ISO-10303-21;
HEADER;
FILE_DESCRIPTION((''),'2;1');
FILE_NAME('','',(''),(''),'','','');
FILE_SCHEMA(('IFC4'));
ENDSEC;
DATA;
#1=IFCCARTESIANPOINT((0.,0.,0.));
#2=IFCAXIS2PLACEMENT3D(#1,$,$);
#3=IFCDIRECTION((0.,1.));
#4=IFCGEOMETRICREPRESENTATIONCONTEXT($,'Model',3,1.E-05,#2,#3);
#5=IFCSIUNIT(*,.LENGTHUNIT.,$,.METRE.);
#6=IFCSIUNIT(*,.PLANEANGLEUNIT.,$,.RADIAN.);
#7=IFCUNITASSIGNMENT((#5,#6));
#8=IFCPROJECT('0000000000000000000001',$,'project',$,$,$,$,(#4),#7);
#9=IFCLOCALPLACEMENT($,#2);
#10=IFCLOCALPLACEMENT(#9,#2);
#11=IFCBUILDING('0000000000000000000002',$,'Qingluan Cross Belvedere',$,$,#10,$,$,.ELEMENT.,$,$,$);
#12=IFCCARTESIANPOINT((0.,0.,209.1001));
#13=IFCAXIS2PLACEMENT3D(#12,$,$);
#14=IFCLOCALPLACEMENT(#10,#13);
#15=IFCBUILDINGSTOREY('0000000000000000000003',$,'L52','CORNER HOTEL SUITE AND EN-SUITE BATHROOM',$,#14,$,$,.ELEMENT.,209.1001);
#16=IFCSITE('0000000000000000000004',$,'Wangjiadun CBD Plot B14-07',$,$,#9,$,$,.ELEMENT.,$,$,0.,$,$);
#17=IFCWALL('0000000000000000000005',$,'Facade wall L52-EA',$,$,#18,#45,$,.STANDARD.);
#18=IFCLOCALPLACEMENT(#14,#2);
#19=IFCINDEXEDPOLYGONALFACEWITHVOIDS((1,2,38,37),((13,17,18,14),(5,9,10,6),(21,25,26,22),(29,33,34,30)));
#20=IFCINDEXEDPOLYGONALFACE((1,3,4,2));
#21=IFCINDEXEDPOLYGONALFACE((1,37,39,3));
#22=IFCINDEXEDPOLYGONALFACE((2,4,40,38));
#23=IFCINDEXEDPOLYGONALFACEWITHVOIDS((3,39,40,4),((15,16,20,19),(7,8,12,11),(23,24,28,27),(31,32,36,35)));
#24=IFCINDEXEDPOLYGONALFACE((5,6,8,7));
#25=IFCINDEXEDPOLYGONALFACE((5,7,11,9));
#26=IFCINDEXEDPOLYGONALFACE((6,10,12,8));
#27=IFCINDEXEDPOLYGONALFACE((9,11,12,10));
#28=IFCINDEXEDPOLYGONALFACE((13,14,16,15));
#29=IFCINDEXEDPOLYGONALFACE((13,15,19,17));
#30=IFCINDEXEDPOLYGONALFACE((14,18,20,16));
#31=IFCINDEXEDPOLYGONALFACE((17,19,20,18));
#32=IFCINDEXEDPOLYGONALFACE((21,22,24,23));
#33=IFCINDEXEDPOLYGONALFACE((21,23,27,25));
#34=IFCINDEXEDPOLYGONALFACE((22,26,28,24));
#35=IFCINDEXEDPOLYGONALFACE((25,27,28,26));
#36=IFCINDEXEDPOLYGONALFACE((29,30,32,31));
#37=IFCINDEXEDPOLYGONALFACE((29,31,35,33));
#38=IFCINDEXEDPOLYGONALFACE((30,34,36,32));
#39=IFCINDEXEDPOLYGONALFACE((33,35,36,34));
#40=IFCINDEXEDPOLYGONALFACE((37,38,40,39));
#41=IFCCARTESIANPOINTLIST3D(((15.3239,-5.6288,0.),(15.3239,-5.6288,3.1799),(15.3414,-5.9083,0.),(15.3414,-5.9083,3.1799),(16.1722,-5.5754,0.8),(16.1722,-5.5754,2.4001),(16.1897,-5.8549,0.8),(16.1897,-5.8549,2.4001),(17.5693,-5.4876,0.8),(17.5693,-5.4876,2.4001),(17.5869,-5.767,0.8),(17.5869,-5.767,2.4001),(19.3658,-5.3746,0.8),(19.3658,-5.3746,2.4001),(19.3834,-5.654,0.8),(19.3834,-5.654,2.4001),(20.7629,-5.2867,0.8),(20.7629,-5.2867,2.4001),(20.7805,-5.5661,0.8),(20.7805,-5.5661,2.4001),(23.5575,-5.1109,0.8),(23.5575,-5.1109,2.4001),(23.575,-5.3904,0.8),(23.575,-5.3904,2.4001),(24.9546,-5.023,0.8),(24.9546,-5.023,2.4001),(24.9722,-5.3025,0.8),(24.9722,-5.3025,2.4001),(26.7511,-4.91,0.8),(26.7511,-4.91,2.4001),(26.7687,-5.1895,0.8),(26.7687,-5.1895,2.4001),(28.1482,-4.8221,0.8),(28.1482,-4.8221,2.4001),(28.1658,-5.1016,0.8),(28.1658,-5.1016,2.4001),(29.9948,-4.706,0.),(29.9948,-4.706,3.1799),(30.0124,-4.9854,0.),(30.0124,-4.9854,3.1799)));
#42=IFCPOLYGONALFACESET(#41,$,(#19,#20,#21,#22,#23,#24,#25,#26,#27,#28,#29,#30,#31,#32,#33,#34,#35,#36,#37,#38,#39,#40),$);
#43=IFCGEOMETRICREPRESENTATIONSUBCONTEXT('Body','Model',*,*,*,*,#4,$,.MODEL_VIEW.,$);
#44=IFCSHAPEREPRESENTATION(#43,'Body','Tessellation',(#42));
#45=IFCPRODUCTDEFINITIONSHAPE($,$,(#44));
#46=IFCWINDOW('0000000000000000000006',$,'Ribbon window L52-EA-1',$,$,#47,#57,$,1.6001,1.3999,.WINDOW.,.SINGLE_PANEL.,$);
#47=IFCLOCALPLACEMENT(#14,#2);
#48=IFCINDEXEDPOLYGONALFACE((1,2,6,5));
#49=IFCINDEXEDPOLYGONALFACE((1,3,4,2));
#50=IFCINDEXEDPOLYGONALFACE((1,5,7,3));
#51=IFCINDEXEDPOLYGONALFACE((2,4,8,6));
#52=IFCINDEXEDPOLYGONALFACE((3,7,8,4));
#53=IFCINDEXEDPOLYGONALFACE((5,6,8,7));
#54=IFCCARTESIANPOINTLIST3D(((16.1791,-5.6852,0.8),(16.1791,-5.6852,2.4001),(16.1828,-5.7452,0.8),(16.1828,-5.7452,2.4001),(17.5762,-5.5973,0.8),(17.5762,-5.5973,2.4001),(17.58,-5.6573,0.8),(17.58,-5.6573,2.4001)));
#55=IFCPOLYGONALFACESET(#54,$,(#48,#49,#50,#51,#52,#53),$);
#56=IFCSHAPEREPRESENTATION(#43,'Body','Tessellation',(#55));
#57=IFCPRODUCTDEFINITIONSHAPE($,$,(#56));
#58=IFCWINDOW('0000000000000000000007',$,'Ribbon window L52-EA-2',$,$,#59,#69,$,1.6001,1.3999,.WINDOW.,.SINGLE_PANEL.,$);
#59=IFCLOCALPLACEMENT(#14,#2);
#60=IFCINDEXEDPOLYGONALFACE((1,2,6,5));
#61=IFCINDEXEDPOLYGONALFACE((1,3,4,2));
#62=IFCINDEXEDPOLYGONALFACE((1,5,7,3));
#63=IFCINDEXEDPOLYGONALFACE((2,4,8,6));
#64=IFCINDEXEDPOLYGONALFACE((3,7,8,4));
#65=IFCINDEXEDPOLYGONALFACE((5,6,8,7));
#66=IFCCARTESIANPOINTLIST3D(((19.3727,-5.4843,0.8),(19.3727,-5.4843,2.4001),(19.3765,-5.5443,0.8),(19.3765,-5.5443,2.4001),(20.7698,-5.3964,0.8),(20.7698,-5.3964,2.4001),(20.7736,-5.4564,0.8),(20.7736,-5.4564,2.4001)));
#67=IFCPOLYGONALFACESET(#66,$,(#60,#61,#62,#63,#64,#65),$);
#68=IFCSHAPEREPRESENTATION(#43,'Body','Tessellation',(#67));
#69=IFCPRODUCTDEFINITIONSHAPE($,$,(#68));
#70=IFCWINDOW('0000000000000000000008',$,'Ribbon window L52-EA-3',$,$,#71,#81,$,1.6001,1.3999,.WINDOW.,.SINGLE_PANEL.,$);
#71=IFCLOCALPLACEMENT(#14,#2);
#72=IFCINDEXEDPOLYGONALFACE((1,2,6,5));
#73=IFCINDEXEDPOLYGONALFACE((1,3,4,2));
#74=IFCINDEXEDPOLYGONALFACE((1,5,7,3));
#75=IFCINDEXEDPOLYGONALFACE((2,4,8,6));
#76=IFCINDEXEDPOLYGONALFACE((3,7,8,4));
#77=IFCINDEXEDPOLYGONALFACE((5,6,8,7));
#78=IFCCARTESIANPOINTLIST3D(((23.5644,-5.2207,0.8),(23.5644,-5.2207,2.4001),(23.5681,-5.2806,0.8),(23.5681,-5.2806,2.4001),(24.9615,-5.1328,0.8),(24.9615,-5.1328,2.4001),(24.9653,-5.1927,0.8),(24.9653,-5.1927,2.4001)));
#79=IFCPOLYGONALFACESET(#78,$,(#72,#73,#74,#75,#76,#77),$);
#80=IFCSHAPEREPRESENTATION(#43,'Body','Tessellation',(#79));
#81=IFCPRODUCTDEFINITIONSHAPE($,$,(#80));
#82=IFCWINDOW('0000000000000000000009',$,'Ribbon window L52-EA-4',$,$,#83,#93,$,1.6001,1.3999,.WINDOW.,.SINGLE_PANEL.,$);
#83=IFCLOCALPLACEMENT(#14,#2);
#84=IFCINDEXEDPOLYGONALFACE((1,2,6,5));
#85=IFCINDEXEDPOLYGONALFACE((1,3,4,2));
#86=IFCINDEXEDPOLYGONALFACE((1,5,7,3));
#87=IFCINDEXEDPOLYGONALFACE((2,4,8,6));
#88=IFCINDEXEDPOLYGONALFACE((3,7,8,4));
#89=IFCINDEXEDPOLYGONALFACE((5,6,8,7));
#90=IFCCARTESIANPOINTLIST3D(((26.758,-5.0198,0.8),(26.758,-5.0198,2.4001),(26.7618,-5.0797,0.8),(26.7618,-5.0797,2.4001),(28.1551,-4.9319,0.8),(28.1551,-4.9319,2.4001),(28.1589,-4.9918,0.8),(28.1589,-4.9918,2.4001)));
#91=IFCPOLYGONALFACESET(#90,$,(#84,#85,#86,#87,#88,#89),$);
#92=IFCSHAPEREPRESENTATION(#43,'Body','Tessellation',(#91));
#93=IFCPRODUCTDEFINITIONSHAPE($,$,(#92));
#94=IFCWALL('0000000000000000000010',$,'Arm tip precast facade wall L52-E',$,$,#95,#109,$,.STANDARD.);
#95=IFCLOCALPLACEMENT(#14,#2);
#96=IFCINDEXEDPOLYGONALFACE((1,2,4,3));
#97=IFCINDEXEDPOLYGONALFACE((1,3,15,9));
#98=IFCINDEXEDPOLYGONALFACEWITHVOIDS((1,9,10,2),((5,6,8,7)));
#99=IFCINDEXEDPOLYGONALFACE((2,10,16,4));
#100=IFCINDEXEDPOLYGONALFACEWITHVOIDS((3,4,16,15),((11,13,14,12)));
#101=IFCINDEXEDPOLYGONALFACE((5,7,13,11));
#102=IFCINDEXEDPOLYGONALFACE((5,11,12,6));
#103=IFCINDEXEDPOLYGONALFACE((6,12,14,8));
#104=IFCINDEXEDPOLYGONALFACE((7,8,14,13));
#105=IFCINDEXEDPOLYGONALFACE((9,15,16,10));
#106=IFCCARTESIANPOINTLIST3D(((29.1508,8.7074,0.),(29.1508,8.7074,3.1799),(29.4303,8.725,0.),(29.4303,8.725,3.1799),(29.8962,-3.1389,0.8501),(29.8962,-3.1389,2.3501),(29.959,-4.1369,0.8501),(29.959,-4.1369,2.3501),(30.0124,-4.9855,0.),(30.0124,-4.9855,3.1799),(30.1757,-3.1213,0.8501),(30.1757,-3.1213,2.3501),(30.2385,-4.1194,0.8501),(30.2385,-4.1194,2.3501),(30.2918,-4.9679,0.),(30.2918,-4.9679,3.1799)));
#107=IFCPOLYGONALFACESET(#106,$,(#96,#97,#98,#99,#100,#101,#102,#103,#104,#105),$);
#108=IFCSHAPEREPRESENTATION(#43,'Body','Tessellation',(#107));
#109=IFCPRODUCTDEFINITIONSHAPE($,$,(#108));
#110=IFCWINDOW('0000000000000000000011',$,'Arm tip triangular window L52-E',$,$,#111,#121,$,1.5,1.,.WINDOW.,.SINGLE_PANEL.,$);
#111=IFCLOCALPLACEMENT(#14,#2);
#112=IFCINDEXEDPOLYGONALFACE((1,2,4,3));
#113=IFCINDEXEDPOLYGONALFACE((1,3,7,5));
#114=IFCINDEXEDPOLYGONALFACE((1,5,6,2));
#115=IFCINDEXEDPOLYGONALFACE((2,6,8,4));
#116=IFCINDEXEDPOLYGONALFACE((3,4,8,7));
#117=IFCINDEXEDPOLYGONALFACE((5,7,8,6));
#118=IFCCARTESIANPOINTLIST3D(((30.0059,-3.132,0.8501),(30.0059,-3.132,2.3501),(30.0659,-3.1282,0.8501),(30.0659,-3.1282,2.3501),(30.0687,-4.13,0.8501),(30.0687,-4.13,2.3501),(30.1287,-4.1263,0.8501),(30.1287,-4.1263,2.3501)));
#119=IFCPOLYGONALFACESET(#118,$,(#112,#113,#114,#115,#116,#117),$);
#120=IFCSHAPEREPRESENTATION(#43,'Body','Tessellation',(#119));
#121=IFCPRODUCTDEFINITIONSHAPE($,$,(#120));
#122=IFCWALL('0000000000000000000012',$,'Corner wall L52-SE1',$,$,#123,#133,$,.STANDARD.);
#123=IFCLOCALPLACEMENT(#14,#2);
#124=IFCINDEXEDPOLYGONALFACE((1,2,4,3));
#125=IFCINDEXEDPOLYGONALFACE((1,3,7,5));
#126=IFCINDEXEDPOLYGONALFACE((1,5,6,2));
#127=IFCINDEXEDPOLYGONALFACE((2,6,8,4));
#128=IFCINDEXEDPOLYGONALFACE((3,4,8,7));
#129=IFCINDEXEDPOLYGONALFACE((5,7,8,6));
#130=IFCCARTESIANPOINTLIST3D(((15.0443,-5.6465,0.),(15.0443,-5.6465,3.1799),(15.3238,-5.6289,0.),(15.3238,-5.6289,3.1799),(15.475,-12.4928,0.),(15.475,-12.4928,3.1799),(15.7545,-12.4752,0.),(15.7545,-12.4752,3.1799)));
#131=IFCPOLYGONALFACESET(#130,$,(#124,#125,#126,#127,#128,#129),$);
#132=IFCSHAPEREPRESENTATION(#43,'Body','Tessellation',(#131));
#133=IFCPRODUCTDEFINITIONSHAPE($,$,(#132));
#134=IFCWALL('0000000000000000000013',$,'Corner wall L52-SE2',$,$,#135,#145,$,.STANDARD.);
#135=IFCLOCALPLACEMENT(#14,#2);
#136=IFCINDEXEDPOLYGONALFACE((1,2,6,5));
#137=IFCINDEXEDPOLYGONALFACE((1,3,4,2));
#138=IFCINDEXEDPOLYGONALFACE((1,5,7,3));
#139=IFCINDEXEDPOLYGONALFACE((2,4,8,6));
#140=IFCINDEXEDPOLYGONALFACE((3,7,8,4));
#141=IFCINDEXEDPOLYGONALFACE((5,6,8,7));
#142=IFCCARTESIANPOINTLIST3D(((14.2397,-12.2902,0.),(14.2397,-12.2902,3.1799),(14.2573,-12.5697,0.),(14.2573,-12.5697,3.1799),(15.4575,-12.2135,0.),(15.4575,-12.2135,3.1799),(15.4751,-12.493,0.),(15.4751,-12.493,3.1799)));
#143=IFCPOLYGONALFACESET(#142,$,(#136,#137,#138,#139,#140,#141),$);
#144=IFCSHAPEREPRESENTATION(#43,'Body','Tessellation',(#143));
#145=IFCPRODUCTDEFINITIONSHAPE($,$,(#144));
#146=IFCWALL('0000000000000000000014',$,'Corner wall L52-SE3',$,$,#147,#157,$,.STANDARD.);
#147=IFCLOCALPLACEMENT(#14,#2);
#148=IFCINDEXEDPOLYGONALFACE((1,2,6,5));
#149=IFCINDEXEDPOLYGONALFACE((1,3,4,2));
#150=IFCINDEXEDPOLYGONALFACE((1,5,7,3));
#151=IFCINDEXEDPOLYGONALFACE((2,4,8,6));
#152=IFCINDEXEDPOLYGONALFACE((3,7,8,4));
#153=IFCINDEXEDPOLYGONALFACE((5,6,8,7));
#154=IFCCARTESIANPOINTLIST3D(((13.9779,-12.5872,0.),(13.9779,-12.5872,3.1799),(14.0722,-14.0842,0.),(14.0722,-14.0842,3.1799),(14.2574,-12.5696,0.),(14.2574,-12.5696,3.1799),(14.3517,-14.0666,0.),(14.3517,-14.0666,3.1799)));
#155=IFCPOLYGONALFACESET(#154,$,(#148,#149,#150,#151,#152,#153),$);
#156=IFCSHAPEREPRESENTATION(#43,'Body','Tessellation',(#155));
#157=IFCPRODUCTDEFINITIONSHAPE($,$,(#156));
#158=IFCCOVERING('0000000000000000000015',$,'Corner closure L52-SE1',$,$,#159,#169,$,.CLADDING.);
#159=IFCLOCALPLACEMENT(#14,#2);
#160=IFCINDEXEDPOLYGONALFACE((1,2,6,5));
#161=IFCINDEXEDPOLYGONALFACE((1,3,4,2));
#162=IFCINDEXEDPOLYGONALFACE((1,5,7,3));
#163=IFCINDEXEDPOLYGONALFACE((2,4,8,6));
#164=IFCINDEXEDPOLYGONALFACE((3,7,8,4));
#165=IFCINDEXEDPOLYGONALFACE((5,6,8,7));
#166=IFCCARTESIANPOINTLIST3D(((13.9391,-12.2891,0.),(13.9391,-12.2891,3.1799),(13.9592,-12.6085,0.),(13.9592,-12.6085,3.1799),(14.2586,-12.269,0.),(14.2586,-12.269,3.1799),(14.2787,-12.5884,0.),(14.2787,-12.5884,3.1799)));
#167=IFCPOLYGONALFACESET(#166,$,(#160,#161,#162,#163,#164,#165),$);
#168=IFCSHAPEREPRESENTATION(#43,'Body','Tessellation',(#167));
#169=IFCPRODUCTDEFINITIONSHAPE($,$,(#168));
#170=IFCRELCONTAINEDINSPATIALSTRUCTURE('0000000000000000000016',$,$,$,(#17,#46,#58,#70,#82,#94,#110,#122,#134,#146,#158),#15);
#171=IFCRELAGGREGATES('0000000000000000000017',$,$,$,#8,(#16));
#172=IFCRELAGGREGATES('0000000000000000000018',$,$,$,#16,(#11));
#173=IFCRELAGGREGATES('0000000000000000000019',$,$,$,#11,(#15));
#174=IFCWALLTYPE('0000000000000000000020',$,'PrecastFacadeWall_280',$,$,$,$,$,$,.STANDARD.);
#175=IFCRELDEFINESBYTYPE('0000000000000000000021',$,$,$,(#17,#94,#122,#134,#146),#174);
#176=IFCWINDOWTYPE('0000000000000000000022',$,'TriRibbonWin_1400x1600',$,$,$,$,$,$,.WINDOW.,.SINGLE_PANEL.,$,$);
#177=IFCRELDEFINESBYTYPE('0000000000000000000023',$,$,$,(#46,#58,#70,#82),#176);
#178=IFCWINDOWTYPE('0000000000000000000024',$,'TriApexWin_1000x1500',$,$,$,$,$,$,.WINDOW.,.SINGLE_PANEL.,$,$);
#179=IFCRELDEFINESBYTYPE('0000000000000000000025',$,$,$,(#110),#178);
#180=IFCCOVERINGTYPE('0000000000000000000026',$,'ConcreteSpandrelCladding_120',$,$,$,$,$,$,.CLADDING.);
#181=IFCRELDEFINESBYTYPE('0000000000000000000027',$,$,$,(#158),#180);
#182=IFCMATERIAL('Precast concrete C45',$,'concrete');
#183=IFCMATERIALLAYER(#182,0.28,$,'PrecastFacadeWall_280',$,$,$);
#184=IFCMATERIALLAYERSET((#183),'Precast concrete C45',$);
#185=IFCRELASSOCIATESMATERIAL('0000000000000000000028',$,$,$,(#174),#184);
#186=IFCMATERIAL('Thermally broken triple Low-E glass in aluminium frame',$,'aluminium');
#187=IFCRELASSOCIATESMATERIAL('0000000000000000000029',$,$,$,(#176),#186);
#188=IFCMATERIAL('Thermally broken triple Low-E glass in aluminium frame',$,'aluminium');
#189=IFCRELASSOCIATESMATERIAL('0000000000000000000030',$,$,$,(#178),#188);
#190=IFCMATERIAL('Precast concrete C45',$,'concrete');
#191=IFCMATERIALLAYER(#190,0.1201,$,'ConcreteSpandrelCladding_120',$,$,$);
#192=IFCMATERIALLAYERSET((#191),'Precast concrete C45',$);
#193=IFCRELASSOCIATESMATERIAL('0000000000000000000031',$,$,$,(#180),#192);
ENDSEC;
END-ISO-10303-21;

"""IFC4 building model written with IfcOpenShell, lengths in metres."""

from ifc_helpers import new_model, si_unit, direction, frame, frame_2d, origin, origin_2d, place, context, subcontext, project, spatial, rectangle, extrude, material, layer, layer_set, type_object, element, fill, save


model = new_model("IFC4")

# Units and contexts
model_context = context("Model", 3, precision=1e-05, world=origin(), true_north=direction((0.0, 1.0)))
body_context = subcontext(model_context, "Body", "Model", "MODEL_VIEW")
ifc_project = project(units=[si_unit("LENGTHUNIT", "METRE"), si_unit("PLANEANGLEUNIT", "RADIAN")], contexts=[model_context])

# Site, building, storey
site_placement = place(None, origin())
site = spatial("IfcSite", under=ifc_project, at=site_placement, Name="Wangjiadun CBD Plot B14-07", CompositionType="ELEMENT", RefElevation=0.0)
building_placement = place(site_placement, origin())
building = spatial("IfcBuilding", under=site, at=building_placement, Name="Qingluan Cross Belvedere", CompositionType="ELEMENT")
storey_placement = place(building_placement, frame((0.0, 0.0, 209.1001)))
storey = spatial("IfcBuildingStorey", under=building, at=storey_placement, Name="L52", Description="CORNER HOTEL SUITE AND EN-SUITE BATHROOM", CompositionType="ELEMENT", Elevation=209.1001)

# Wall, openings, windows
ifc_material_1 = material(Name="Precast concrete C45", Category="concrete")
ifc_layer_1 = layer(ifc_material_1, 0.28, Name="PrecastFacadeWall_280")
ifc_layer_set_1 = layer_set([ifc_layer_1], Name="Precast concrete C45")
wall_type_1 = type_object("IfcWallType", Name="PrecastFacadeWall_280", PredefinedType="STANDARD", material=ifc_layer_set_1)
wall_1_placement = place(storey_placement, frame((15.3325, -5.7686, 0.0), z_axis=(0.0, 0.0, 1.0), x_axis=(0.998027, 0.062779, 0.0)))
wall_1 = element("IfcWall", 1, at=wall_1_placement, inside=storey, type_object=wall_type_1, Name="Facade wall L52-EA", PredefinedType="STANDARD", context=body_context, shape_type="SweptSolid", body=[
    extrude(rectangle(XDim=14.7, YDim=0.28, at=frame_2d((7.3501, 0.0))), origin(), (0.0, 0.0, 1.0), 3.1799),
])
opening_1_placement = place(wall_1_placement, frame((0.8501, 0.0, 0.8)))
opening_1 = element("IfcOpeningElement", 2, at=opening_1_placement, cuts=wall_1, PredefinedType="OPENING", context=body_context, shape_type="SweptSolid", body=[
    extrude(rectangle(XDim=1.3999, YDim=1.6001, at=frame_2d((0.7, 0.8))), frame((0.0, 0.1499, 0.0), z_axis=(0.0, -1.0, 0.0), x_axis=(1.0, 0.0, 0.0)), (0.0, 0.0, 1.0), 0.3),
])
opening_2_placement = place(wall_1_placement, frame((4.05, 0.0, 0.8)))
opening_2 = element("IfcOpeningElement", 3, at=opening_2_placement, cuts=wall_1, PredefinedType="OPENING", context=body_context, shape_type="SweptSolid", body=[
    extrude(rectangle(XDim=1.3999, YDim=1.6001, at=frame_2d((0.7, 0.8))), frame((0.0, 0.1499, 0.0), z_axis=(0.0, -1.0, 0.0), x_axis=(1.0, 0.0, 0.0)), (0.0, 0.0, 1.0), 0.3),
])
opening_3_placement = place(wall_1_placement, frame((8.25, 0.0, 0.8)))
opening_3 = element("IfcOpeningElement", 4, at=opening_3_placement, cuts=wall_1, PredefinedType="OPENING", context=body_context, shape_type="SweptSolid", body=[
    extrude(rectangle(XDim=1.3999, YDim=1.6001, at=frame_2d((0.7, 0.8))), frame((0.0, 0.1499, 0.0), z_axis=(0.0, -1.0, 0.0), x_axis=(1.0, 0.0, 0.0)), (0.0, 0.0, 1.0), 0.3),
])
opening_4_placement = place(wall_1_placement, frame((11.45, 0.0, 0.8)))
opening_4 = element("IfcOpeningElement", 5, at=opening_4_placement, cuts=wall_1, PredefinedType="OPENING", context=body_context, shape_type="SweptSolid", body=[
    extrude(rectangle(XDim=1.3999, YDim=1.6001, at=frame_2d((0.7, 0.8))), frame((0.0, 0.1499, 0.0), z_axis=(0.0, -1.0, 0.0), x_axis=(1.0, 0.0, 0.0)), (0.0, 0.0, 1.0), 0.3),
])
ifc_material_2 = material(Name="Thermally broken triple Low-E glass in aluminium frame", Category="aluminium")
window_type_1 = type_object("IfcWindowType", Name="TriRibbonWin_1400x1600", PartitioningType="SINGLE_PANEL", PredefinedType="WINDOW", material=ifc_material_2)
window_1_placement = place(opening_1_placement, origin())
window_1 = element("IfcWindow", 6, at=window_1_placement, inside=storey, type_object=window_type_1, Name="Ribbon window L52-EA-1", OverallHeight=1.6001, OverallWidth=1.3999, PartitioningType="SINGLE_PANEL", PredefinedType="WINDOW", context=body_context, shape_type="SweptSolid", body=[
    extrude(rectangle(XDim=1.3999, YDim=1.6001, at=frame_2d((0.7, 0.8))), frame((0.0, 0.03, 0.0), z_axis=(0.0, -1.0, 0.0), x_axis=(1.0, 0.0, 0.0)), (0.0, 0.0, 1.0), 0.0601),
])
fill(opening_1, window_1)
window_2_placement = place(opening_2_placement, origin())
window_2 = element("IfcWindow", 7, at=window_2_placement, inside=storey, type_object=window_type_1, Name="Ribbon window L52-EA-2", OverallHeight=1.6001, OverallWidth=1.3999, PartitioningType="SINGLE_PANEL", PredefinedType="WINDOW", context=body_context, shape_type="SweptSolid", body=[
    extrude(rectangle(XDim=1.3999, YDim=1.6001, at=frame_2d((0.7, 0.8))), frame((0.0, 0.03, 0.0), z_axis=(0.0, -1.0, 0.0), x_axis=(1.0, 0.0, 0.0)), (0.0, 0.0, 1.0), 0.0601),
])
fill(opening_2, window_2)
window_3_placement = place(opening_3_placement, origin())
window_3 = element("IfcWindow", 8, at=window_3_placement, inside=storey, type_object=window_type_1, Name="Ribbon window L52-EA-3", OverallHeight=1.6001, OverallWidth=1.3999, PartitioningType="SINGLE_PANEL", PredefinedType="WINDOW", context=body_context, shape_type="SweptSolid", body=[
    extrude(rectangle(XDim=1.3999, YDim=1.6001, at=frame_2d((0.7, 0.8))), frame((0.0, 0.03, 0.0), z_axis=(0.0, -1.0, 0.0), x_axis=(1.0, 0.0, 0.0)), (0.0, 0.0, 1.0), 0.0601),
])
fill(opening_3, window_3)
window_4_placement = place(opening_4_placement, origin())
window_4 = element("IfcWindow", 9, at=window_4_placement, inside=storey, type_object=window_type_1, Name="Ribbon window L52-EA-4", OverallHeight=1.6001, OverallWidth=1.3999, PartitioningType="SINGLE_PANEL", PredefinedType="WINDOW", context=body_context, shape_type="SweptSolid", body=[
    extrude(rectangle(XDim=1.3999, YDim=1.6001, at=frame_2d((0.7, 0.8))), frame((0.0, 0.03, 0.0), z_axis=(0.0, -1.0, 0.0), x_axis=(1.0, 0.0, 0.0)), (0.0, 0.0, 1.0), 0.0601),
])
fill(opening_4, window_4)

# Wall, opening, window
wall_2_placement = place(storey_placement, frame((30.1521, -4.9766, 0.0), z_axis=(0.0, 0.0, 1.0), x_axis=(-0.062797, 0.998026, 0.0)))
wall_2 = element("IfcWall", 10, at=wall_2_placement, inside=storey, type_object=wall_type_1, Name="Arm tip precast facade wall L52-E", PredefinedType="STANDARD", context=body_context, shape_type="SweptSolid", body=[
    extrude(rectangle(XDim=13.72, YDim=0.28, at=frame_2d((6.8599, 0.0))), origin(), (0.0, 0.0, 1.0), 3.1799),
])
opening_5_placement = place(wall_2_placement, frame((0.8501, 0.0, 0.8501)))
opening_5 = element("IfcOpeningElement", 11, at=opening_5_placement, cuts=wall_2, PredefinedType="OPENING", context=body_context, shape_type="SweptSolid", body=[
    extrude(rectangle(XDim=1.0, YDim=1.5, at=frame_2d((0.5, 0.75))), frame((0.0, 0.1499, 0.0), z_axis=(0.0, -1.0, 0.0), x_axis=(1.0, 0.0, 0.0)), (0.0, 0.0, 1.0), 0.3),
])
ifc_material_3 = material(Name="Thermally broken triple Low-E glass in aluminium frame", Category="aluminium")
window_type_2 = type_object("IfcWindowType", Name="TriApexWin_1000x1500", PartitioningType="SINGLE_PANEL", PredefinedType="WINDOW", material=ifc_material_3)
window_5_placement = place(opening_5_placement, origin())
window_5 = element("IfcWindow", 12, at=window_5_placement, inside=storey, type_object=window_type_2, Name="Arm tip triangular window L52-E", OverallHeight=1.5, OverallWidth=1.0, PartitioningType="SINGLE_PANEL", PredefinedType="WINDOW", context=body_context, shape_type="SweptSolid", body=[
    extrude(rectangle(XDim=1.0, YDim=1.5, at=frame_2d((0.5, 0.75))), frame((0.0, 0.03, 0.0), z_axis=(0.0, -1.0, 0.0), x_axis=(1.0, 0.0, 0.0)), (0.0, 0.0, 1.0), 0.0601),
])
fill(opening_5, window_5)

# Walls
wall_3_placement = place(storey_placement, frame((15.1841, -5.6377, 0.0), z_axis=(0.0, 0.0, 1.0), x_axis=(0.062779, -0.998027, 0.0)))
element("IfcWall", 13, at=wall_3_placement, inside=storey, type_object=wall_type_1, Name="Corner wall L52-SE1", PredefinedType="STANDARD", context=body_context, shape_type="SweptSolid", body=[
    extrude(rectangle(XDim=6.8599, YDim=0.28, at=frame_2d((3.4299, 0.0))), origin(), (0.0, 0.0, 1.0), 3.1799),
])
wall_4_placement = place(storey_placement, frame((15.4663, -12.3533, 0.0), z_axis=(0.0, 0.0, 1.0), x_axis=(-0.998024, -0.062827, 0.0)))
element("IfcWall", 14, at=wall_4_placement, inside=storey, type_object=wall_type_1, Name="Corner wall L52-SE2", PredefinedType="STANDARD", context=body_context, shape_type="SweptSolid", body=[
    extrude(rectangle(XDim=1.2202, YDim=0.28, at=frame_2d((0.6101, 0.0))), origin(), (0.0, 0.0, 1.0), 3.1799),
])
wall_5_placement = place(storey_placement, frame((14.1177, -12.5784, 0.0), z_axis=(0.0, 0.0, 1.0), x_axis=(0.062824, -0.998025, 0.0)))
element("IfcWall", 15, at=wall_5_placement, inside=storey, type_object=wall_type_1, Name="Corner wall L52-SE3", PredefinedType="STANDARD", context=body_context, shape_type="SweptSolid", body=[
    extrude(rectangle(XDim=1.5, YDim=0.28, at=frame_2d((0.75, 0.0))), origin(), (0.0, 0.0, 1.0), 3.1799),
])

# Covering
ifc_material_4 = material(Name="Precast concrete C45", Category="concrete")
ifc_layer_2 = layer(ifc_material_4, 0.1201, Name="ConcreteSpandrelCladding_120")
ifc_layer_set_2 = layer_set([ifc_layer_2], Name="Precast concrete C45")
covering_type = type_object("IfcCoveringType", Name="ConcreteSpandrelCladding_120", PredefinedType="CLADDING", material=ifc_layer_set_2)
covering_placement = place(storey_placement, frame((14.1089, -12.4387, 0.0), z_axis=(0.0, 0.0, 1.0), x_axis=(0.998027, 0.062791, 0.0)))
element("IfcCovering", 16, at=covering_placement, inside=storey, type_object=covering_type, Name="Corner closure L52-SE1", PredefinedType="CLADDING", context=body_context, shape_type="SweptSolid", body=[
    extrude(rectangle(XDim=0.3201, YDim=0.3201, at=origin_2d()), origin(), (0.0, 0.0, 1.0), 3.1799),
])

save(model, "model.ifc")
